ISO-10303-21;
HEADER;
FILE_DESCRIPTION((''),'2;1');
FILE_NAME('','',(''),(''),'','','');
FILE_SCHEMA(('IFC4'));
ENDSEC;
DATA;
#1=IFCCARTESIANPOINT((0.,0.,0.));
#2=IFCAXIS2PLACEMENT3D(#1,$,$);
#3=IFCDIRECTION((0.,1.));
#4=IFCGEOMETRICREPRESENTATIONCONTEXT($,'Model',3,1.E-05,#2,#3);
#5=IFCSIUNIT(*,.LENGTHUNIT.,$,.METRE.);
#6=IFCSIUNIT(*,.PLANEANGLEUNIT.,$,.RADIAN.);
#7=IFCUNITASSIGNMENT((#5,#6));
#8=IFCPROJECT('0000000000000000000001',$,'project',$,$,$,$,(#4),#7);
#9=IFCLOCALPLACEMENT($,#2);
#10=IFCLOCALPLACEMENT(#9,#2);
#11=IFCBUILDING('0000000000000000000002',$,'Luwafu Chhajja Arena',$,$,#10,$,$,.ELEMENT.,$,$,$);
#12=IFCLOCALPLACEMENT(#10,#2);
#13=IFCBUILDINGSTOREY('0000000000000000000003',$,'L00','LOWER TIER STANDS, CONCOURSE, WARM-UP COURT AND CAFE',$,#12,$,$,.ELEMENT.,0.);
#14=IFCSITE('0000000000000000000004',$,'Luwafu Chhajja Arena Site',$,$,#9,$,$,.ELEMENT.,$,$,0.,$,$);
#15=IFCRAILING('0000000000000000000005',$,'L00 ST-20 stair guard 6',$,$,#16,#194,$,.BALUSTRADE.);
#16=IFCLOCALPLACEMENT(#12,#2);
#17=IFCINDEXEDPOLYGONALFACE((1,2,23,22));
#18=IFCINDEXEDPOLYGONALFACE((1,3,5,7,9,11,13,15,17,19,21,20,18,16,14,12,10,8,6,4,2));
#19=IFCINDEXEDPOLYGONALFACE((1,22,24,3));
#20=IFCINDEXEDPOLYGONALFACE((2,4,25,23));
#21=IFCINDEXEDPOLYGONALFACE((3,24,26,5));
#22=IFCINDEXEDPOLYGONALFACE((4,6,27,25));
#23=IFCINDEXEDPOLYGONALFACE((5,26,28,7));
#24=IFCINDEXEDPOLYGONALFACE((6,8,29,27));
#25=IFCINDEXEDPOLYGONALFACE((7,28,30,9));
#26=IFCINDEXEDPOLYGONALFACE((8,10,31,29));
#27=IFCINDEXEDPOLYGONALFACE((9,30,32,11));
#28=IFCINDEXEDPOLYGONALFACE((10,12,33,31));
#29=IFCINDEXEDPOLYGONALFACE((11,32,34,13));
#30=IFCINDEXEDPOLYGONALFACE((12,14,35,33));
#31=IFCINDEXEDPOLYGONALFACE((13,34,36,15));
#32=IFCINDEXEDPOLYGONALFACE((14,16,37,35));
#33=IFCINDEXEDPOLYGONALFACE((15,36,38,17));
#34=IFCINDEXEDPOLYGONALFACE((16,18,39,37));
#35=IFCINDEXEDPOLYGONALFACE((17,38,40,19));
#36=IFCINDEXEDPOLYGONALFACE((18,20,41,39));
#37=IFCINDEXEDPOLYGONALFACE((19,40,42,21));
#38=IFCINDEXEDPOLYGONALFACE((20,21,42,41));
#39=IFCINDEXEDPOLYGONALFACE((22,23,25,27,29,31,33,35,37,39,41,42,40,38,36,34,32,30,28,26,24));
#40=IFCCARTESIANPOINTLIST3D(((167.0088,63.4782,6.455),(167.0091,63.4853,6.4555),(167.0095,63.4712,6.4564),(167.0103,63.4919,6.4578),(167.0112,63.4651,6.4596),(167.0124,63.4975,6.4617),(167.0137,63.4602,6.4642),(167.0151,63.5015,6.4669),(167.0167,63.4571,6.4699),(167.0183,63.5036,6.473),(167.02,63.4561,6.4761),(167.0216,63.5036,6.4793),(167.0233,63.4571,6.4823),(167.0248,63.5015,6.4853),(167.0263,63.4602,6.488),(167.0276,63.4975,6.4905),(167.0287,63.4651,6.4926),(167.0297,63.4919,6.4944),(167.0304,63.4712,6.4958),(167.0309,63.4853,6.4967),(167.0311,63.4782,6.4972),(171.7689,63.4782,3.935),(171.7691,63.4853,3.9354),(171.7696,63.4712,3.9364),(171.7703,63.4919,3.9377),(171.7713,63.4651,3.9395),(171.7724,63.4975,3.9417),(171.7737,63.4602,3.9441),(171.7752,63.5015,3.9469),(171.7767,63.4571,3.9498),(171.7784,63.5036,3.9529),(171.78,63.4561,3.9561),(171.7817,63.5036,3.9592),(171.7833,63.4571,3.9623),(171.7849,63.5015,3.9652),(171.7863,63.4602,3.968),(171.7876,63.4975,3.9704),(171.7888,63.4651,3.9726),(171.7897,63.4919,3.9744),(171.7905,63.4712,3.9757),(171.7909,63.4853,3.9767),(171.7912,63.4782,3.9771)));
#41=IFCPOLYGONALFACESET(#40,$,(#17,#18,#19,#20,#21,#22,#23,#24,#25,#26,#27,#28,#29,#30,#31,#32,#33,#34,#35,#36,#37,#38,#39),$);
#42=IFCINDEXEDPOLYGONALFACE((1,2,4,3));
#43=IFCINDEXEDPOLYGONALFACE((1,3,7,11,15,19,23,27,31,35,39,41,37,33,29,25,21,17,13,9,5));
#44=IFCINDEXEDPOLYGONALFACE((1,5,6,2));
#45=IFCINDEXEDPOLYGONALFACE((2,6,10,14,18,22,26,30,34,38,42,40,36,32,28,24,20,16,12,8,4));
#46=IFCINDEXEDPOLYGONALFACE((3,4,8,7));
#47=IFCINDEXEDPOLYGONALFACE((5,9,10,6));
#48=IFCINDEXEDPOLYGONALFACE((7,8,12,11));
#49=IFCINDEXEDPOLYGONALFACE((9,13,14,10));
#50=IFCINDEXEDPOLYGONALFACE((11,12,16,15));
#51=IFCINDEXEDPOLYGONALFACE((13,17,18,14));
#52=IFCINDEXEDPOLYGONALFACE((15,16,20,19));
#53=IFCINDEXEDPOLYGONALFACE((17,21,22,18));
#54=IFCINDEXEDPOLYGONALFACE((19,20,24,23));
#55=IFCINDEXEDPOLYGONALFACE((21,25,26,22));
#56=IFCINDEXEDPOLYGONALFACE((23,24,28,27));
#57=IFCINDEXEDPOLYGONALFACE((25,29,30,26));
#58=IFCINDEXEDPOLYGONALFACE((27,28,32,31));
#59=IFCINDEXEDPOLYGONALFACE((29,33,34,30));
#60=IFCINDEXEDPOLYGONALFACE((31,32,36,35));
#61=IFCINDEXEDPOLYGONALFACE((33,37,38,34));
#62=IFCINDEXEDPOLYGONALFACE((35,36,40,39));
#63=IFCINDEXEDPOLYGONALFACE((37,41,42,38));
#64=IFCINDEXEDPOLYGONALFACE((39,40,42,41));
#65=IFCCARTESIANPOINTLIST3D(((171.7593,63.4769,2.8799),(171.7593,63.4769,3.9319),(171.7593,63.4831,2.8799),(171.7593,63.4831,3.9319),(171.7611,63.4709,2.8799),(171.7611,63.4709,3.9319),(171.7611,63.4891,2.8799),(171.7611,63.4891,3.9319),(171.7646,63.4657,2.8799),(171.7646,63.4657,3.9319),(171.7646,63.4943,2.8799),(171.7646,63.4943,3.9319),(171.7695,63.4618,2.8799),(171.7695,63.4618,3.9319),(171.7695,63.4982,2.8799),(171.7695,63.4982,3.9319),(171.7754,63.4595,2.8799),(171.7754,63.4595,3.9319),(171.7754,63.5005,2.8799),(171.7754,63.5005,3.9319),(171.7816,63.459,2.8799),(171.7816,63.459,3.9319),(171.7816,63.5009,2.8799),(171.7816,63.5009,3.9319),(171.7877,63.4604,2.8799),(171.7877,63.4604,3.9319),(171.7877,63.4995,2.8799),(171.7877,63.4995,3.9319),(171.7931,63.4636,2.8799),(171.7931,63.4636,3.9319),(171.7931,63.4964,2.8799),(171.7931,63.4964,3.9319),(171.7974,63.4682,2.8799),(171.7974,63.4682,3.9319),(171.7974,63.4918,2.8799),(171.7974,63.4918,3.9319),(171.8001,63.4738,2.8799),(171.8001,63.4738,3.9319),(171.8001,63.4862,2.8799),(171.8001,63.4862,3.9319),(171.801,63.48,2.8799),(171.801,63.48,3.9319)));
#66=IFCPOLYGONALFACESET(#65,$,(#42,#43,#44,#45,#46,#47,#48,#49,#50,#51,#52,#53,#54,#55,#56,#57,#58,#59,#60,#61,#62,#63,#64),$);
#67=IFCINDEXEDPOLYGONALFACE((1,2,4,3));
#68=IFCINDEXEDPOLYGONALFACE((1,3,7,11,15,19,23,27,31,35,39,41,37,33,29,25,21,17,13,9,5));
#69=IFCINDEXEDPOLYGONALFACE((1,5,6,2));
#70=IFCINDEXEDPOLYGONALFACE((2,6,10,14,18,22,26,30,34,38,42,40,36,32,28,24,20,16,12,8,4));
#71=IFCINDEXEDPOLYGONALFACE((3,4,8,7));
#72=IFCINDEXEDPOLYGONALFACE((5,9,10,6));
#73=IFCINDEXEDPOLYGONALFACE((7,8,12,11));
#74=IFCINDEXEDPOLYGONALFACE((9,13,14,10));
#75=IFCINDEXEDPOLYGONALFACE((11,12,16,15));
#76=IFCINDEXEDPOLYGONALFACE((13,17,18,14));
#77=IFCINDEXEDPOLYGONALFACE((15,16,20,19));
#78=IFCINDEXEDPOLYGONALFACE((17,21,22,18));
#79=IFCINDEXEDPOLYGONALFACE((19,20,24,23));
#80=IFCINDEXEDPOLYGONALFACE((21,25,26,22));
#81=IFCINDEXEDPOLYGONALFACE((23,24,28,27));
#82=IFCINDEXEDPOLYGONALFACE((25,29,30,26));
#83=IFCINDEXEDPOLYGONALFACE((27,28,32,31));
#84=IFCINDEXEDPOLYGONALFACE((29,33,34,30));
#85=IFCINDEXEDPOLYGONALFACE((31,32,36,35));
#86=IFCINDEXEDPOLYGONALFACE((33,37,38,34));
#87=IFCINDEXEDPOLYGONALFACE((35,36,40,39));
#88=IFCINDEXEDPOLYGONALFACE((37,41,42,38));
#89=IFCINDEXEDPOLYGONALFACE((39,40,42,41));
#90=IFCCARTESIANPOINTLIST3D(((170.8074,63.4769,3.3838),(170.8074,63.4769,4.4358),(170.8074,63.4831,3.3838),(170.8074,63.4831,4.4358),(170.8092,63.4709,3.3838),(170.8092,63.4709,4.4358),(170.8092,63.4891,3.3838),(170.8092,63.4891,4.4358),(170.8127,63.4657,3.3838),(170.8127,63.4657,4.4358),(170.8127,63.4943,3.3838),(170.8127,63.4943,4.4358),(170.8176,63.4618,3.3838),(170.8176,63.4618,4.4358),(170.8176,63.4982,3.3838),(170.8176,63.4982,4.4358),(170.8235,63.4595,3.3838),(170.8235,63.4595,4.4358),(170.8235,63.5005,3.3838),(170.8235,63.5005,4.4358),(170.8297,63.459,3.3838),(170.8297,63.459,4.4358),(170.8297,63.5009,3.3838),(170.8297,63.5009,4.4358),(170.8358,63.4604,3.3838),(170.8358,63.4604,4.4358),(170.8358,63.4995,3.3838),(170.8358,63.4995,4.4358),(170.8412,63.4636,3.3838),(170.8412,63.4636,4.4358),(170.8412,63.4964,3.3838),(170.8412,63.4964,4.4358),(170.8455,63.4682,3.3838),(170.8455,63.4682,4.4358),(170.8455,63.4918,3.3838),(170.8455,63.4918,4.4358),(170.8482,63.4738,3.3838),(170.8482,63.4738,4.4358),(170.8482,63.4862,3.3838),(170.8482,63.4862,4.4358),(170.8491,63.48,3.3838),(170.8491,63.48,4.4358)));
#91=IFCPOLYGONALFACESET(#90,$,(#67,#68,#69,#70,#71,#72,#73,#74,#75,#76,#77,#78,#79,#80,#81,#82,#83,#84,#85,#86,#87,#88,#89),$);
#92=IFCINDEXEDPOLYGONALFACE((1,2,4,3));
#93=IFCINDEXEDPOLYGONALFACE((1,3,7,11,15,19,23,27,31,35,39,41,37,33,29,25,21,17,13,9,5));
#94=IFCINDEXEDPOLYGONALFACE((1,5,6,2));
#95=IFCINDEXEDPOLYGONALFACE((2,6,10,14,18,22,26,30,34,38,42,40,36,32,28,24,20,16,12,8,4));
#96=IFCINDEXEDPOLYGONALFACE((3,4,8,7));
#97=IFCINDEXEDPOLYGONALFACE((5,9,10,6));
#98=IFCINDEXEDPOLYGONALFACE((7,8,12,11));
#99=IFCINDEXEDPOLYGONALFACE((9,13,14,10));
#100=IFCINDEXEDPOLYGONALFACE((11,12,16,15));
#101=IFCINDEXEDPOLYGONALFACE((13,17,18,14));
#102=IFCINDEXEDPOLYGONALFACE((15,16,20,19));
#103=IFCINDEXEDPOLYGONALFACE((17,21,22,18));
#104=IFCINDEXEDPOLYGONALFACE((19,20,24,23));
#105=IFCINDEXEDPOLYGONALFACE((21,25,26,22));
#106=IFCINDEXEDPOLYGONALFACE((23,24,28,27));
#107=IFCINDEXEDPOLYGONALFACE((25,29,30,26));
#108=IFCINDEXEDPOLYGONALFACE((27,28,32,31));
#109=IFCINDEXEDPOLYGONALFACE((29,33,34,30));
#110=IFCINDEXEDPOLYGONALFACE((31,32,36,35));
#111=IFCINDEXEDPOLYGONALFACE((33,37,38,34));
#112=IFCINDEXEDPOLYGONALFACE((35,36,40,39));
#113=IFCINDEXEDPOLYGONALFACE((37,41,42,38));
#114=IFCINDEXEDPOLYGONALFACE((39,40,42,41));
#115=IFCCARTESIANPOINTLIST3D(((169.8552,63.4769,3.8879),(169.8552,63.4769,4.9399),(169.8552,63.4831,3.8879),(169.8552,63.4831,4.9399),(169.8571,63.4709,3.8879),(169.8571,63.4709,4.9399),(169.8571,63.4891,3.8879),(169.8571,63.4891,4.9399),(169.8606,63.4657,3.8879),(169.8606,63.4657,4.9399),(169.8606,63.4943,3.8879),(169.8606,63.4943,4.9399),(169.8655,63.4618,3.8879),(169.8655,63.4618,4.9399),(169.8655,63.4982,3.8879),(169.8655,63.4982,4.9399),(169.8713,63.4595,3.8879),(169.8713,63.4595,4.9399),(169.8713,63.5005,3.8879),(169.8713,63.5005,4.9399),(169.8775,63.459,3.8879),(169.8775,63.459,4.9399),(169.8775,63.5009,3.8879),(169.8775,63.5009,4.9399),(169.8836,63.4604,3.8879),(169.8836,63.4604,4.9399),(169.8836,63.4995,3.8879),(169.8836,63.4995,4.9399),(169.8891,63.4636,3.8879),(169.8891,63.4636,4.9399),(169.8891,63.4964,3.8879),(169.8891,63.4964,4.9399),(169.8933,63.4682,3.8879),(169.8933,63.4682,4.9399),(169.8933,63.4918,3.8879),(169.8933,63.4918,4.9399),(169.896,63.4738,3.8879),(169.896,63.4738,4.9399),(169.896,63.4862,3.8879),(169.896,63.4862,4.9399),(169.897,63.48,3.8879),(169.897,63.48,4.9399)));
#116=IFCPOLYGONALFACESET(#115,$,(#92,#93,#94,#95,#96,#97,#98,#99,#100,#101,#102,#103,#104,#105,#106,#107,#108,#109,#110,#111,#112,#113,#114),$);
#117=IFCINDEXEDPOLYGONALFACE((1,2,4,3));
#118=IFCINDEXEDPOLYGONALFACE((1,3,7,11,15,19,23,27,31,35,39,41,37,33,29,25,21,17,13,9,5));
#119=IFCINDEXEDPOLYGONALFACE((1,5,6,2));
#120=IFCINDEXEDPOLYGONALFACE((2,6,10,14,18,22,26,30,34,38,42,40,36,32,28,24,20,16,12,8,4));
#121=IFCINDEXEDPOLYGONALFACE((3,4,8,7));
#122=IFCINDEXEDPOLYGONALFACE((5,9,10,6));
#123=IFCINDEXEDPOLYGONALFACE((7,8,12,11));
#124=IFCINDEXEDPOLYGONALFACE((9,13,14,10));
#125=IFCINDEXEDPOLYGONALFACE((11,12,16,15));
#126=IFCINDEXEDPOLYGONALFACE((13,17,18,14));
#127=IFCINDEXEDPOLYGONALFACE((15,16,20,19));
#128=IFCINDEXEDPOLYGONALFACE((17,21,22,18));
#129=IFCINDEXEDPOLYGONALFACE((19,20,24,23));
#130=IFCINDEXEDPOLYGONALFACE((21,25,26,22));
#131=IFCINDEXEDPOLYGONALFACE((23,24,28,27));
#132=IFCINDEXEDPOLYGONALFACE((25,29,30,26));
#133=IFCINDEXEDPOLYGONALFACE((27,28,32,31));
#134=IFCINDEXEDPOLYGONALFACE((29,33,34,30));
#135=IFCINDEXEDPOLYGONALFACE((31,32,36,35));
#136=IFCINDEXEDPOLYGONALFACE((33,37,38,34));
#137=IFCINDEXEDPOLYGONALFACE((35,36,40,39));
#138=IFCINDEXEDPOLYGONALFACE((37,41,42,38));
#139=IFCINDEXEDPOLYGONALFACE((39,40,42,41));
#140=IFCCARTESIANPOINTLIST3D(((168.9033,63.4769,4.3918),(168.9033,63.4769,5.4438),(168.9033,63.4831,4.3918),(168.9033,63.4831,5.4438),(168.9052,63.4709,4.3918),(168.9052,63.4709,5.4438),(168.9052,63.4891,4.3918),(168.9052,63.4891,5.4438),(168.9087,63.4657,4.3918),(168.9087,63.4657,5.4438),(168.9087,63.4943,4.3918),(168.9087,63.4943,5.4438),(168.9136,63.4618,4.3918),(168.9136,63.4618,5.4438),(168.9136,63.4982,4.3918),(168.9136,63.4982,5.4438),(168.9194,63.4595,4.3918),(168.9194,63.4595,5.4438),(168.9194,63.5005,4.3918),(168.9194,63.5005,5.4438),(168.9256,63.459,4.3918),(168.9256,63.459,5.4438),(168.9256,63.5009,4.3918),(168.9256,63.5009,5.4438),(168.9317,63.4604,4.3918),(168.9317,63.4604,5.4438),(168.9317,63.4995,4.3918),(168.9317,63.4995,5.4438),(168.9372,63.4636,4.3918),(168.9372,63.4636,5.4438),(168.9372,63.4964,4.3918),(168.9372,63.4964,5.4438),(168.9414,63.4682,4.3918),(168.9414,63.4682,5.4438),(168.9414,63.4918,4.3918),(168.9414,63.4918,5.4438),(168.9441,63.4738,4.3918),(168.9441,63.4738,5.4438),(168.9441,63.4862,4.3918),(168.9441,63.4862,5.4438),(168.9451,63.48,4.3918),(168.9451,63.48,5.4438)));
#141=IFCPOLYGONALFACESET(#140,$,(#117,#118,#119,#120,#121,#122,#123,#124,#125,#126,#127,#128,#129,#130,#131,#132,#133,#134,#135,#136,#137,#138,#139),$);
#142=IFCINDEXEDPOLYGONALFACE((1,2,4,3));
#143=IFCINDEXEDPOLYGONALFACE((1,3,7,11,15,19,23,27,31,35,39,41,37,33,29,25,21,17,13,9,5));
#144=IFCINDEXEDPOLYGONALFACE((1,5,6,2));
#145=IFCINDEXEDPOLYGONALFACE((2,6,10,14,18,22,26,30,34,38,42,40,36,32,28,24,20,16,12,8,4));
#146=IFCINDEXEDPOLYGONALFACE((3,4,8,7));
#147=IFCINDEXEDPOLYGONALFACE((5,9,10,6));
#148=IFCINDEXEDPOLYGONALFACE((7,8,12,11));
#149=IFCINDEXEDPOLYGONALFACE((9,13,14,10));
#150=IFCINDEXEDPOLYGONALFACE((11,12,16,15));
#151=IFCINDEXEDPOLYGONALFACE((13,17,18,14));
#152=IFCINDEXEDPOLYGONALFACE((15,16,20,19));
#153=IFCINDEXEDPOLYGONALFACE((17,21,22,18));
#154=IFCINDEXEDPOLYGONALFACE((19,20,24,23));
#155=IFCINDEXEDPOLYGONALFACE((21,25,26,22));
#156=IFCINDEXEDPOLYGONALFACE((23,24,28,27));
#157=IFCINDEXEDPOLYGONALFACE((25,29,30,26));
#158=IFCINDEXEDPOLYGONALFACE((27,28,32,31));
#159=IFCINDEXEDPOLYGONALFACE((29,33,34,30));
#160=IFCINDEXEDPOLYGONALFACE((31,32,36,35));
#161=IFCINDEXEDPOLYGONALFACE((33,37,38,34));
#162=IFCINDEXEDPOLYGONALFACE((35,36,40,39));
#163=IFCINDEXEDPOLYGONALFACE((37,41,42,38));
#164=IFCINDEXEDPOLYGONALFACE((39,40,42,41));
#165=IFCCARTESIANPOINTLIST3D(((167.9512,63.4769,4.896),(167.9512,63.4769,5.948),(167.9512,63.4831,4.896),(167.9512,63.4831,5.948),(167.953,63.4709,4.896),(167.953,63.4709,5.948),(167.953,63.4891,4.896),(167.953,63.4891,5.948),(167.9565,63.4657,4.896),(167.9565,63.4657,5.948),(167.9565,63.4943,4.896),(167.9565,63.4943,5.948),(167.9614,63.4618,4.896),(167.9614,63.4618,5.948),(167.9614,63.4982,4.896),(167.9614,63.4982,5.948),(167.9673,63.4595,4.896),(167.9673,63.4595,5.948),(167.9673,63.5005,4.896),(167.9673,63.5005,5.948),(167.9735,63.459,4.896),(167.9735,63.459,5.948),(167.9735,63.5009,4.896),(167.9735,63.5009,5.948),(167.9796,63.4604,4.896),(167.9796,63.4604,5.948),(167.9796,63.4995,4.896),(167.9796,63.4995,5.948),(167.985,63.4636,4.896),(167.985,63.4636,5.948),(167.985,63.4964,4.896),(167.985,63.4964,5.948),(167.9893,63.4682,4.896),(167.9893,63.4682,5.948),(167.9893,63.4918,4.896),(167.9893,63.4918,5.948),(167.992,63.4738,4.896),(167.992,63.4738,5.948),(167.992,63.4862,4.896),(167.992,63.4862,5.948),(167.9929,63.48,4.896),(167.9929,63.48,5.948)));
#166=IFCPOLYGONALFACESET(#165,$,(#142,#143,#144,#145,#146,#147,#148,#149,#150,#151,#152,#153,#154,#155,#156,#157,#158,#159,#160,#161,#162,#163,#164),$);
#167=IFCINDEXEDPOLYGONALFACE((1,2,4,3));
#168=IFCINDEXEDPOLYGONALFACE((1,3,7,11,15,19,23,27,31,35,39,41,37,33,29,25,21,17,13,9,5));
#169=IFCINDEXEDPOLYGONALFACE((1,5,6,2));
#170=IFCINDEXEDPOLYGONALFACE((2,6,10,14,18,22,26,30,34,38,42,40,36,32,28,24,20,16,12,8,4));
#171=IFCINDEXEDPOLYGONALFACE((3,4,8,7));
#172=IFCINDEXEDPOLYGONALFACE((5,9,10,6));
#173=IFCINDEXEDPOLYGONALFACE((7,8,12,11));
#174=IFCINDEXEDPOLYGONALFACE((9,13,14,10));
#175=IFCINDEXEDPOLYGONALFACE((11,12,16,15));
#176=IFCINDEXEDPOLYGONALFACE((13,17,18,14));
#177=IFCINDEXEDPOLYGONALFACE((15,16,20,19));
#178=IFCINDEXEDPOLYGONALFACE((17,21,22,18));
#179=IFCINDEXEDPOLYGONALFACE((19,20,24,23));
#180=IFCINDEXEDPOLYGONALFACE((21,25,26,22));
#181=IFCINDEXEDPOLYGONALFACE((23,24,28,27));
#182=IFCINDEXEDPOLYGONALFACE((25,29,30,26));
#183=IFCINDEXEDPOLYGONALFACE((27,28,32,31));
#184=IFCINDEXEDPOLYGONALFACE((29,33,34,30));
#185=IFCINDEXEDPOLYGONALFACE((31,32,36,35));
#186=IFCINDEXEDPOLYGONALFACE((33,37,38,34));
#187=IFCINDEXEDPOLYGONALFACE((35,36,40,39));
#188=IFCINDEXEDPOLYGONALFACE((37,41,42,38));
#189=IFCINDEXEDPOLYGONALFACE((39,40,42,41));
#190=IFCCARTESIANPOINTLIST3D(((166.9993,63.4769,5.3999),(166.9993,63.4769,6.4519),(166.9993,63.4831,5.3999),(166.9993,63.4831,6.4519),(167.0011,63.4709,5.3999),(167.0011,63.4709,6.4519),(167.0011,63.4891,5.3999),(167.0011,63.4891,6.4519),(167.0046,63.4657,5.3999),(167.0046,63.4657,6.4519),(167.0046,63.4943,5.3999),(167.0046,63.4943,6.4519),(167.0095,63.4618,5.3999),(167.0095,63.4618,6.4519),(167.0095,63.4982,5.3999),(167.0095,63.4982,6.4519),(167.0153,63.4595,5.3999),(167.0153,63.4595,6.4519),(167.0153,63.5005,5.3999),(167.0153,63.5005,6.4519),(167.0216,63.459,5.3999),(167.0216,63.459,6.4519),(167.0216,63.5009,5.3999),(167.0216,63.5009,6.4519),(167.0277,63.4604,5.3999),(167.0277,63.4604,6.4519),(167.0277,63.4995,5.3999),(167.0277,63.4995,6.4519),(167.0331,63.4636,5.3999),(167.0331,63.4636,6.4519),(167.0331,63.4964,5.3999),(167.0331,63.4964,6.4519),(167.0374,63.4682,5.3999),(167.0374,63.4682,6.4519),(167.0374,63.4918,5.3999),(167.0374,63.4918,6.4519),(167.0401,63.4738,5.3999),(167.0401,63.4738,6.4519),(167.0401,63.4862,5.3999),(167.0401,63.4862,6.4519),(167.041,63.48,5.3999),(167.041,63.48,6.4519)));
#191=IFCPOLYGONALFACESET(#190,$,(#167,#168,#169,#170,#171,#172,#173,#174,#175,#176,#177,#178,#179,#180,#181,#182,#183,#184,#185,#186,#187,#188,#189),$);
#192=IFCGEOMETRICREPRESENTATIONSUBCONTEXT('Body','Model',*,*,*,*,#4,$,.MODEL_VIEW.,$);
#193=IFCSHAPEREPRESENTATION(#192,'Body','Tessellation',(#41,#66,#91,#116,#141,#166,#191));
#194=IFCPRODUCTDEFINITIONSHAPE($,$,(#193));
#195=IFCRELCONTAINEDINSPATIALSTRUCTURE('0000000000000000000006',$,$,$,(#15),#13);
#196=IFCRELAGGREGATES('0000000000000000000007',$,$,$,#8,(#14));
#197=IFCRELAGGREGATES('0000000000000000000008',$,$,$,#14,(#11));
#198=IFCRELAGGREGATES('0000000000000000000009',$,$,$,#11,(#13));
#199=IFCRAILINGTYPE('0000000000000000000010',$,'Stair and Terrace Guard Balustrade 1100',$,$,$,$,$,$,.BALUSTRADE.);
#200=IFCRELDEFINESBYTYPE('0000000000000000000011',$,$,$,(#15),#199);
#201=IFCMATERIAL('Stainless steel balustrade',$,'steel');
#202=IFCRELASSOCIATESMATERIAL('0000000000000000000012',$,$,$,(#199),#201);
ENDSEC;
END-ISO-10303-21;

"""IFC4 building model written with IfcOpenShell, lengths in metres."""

from ifc_helpers import new_model, si_unit, direction, frame, origin, origin_2d, place, context, subcontext, project, spatial, circle, extrude, material, type_object, element, save


model = new_model("IFC4")

# Units and contexts
model_context = context("Model", 3, precision=1e-05, world=origin(), true_north=direction((0.0, 1.0)))
body_context = subcontext(model_context, "Body", "Model", "MODEL_VIEW")
ifc_project = project(units=[si_unit("LENGTHUNIT", "METRE"), si_unit("PLANEANGLEUNIT", "RADIAN")], contexts=[model_context])

# Site, building, storey
site_placement = place(None, origin())
site = spatial("IfcSite", under=ifc_project, at=site_placement, Name="Luwafu Chhajja Arena Site", CompositionType="ELEMENT", RefElevation=0.0)
building_placement = place(site_placement, origin())
building = spatial("IfcBuilding", under=site, at=building_placement, Name="Luwafu Chhajja Arena", CompositionType="ELEMENT")
storey_placement = place(building_placement, origin())
storey = spatial("IfcBuildingStorey", under=building, at=storey_placement, Name="L00", Description="LOWER TIER STANDS, CONCOURSE, WARM-UP COURT AND CAFE", CompositionType="ELEMENT", Elevation=0.0)

# Railing
ifc_material_1 = material(Name="Stainless steel balustrade", Category="steel")
railing_type_1 = type_object("IfcRailingType", Name="Stair and Terrace Guard Balustrade 1100", PredefinedType="BALUSTRADE", material=ifc_material_1)
railing_1_placement = place(storey_placement, frame((171.78, 63.48, 2.8799)))
element("IfcRailing", 1, at=railing_1_placement, inside=storey, type_object=railing_type_1, Name="L00 ST-20 stair guard 6", PredefinedType="BALUSTRADE", context=body_context, shape_type="SweptSolid", body=[
    extrude(circle(Radius=0.0239, at=origin_2d()), frame((0.0, 0.0, 1.0762), z_axis=(-0.883787, 0.0, 0.46789), x_axis=(0.0, -1.0, 0.0)), (0.0, 0.0, 1.0), 5.386),
    extrude(circle(Radius=0.021, at=origin_2d()), origin(), (0.0, 0.0, 1.0), 1.052),
    extrude(circle(Radius=0.021, at=origin_2d()), frame((-0.9519, 0.0, 0.5039)), (0.0, 0.0, 1.0), 1.052),
    extrude(circle(Radius=0.021, at=origin_2d()), frame((-1.9041, 0.0, 1.0081)), (0.0, 0.0, 1.0), 1.052),
    extrude(circle(Radius=0.021, at=origin_2d()), frame((-2.856, 0.0, 1.512)), (0.0, 0.0, 1.0), 1.052),
    extrude(circle(Radius=0.021, at=origin_2d()), frame((-3.8081, 0.0, 2.0161)), (0.0, 0.0, 1.0), 1.052),
    extrude(circle(Radius=0.021, at=origin_2d()), frame((-4.76, 0.0, 2.52)), (0.0, 0.0, 1.0), 1.052),
])

save(model, "model.ifc")
